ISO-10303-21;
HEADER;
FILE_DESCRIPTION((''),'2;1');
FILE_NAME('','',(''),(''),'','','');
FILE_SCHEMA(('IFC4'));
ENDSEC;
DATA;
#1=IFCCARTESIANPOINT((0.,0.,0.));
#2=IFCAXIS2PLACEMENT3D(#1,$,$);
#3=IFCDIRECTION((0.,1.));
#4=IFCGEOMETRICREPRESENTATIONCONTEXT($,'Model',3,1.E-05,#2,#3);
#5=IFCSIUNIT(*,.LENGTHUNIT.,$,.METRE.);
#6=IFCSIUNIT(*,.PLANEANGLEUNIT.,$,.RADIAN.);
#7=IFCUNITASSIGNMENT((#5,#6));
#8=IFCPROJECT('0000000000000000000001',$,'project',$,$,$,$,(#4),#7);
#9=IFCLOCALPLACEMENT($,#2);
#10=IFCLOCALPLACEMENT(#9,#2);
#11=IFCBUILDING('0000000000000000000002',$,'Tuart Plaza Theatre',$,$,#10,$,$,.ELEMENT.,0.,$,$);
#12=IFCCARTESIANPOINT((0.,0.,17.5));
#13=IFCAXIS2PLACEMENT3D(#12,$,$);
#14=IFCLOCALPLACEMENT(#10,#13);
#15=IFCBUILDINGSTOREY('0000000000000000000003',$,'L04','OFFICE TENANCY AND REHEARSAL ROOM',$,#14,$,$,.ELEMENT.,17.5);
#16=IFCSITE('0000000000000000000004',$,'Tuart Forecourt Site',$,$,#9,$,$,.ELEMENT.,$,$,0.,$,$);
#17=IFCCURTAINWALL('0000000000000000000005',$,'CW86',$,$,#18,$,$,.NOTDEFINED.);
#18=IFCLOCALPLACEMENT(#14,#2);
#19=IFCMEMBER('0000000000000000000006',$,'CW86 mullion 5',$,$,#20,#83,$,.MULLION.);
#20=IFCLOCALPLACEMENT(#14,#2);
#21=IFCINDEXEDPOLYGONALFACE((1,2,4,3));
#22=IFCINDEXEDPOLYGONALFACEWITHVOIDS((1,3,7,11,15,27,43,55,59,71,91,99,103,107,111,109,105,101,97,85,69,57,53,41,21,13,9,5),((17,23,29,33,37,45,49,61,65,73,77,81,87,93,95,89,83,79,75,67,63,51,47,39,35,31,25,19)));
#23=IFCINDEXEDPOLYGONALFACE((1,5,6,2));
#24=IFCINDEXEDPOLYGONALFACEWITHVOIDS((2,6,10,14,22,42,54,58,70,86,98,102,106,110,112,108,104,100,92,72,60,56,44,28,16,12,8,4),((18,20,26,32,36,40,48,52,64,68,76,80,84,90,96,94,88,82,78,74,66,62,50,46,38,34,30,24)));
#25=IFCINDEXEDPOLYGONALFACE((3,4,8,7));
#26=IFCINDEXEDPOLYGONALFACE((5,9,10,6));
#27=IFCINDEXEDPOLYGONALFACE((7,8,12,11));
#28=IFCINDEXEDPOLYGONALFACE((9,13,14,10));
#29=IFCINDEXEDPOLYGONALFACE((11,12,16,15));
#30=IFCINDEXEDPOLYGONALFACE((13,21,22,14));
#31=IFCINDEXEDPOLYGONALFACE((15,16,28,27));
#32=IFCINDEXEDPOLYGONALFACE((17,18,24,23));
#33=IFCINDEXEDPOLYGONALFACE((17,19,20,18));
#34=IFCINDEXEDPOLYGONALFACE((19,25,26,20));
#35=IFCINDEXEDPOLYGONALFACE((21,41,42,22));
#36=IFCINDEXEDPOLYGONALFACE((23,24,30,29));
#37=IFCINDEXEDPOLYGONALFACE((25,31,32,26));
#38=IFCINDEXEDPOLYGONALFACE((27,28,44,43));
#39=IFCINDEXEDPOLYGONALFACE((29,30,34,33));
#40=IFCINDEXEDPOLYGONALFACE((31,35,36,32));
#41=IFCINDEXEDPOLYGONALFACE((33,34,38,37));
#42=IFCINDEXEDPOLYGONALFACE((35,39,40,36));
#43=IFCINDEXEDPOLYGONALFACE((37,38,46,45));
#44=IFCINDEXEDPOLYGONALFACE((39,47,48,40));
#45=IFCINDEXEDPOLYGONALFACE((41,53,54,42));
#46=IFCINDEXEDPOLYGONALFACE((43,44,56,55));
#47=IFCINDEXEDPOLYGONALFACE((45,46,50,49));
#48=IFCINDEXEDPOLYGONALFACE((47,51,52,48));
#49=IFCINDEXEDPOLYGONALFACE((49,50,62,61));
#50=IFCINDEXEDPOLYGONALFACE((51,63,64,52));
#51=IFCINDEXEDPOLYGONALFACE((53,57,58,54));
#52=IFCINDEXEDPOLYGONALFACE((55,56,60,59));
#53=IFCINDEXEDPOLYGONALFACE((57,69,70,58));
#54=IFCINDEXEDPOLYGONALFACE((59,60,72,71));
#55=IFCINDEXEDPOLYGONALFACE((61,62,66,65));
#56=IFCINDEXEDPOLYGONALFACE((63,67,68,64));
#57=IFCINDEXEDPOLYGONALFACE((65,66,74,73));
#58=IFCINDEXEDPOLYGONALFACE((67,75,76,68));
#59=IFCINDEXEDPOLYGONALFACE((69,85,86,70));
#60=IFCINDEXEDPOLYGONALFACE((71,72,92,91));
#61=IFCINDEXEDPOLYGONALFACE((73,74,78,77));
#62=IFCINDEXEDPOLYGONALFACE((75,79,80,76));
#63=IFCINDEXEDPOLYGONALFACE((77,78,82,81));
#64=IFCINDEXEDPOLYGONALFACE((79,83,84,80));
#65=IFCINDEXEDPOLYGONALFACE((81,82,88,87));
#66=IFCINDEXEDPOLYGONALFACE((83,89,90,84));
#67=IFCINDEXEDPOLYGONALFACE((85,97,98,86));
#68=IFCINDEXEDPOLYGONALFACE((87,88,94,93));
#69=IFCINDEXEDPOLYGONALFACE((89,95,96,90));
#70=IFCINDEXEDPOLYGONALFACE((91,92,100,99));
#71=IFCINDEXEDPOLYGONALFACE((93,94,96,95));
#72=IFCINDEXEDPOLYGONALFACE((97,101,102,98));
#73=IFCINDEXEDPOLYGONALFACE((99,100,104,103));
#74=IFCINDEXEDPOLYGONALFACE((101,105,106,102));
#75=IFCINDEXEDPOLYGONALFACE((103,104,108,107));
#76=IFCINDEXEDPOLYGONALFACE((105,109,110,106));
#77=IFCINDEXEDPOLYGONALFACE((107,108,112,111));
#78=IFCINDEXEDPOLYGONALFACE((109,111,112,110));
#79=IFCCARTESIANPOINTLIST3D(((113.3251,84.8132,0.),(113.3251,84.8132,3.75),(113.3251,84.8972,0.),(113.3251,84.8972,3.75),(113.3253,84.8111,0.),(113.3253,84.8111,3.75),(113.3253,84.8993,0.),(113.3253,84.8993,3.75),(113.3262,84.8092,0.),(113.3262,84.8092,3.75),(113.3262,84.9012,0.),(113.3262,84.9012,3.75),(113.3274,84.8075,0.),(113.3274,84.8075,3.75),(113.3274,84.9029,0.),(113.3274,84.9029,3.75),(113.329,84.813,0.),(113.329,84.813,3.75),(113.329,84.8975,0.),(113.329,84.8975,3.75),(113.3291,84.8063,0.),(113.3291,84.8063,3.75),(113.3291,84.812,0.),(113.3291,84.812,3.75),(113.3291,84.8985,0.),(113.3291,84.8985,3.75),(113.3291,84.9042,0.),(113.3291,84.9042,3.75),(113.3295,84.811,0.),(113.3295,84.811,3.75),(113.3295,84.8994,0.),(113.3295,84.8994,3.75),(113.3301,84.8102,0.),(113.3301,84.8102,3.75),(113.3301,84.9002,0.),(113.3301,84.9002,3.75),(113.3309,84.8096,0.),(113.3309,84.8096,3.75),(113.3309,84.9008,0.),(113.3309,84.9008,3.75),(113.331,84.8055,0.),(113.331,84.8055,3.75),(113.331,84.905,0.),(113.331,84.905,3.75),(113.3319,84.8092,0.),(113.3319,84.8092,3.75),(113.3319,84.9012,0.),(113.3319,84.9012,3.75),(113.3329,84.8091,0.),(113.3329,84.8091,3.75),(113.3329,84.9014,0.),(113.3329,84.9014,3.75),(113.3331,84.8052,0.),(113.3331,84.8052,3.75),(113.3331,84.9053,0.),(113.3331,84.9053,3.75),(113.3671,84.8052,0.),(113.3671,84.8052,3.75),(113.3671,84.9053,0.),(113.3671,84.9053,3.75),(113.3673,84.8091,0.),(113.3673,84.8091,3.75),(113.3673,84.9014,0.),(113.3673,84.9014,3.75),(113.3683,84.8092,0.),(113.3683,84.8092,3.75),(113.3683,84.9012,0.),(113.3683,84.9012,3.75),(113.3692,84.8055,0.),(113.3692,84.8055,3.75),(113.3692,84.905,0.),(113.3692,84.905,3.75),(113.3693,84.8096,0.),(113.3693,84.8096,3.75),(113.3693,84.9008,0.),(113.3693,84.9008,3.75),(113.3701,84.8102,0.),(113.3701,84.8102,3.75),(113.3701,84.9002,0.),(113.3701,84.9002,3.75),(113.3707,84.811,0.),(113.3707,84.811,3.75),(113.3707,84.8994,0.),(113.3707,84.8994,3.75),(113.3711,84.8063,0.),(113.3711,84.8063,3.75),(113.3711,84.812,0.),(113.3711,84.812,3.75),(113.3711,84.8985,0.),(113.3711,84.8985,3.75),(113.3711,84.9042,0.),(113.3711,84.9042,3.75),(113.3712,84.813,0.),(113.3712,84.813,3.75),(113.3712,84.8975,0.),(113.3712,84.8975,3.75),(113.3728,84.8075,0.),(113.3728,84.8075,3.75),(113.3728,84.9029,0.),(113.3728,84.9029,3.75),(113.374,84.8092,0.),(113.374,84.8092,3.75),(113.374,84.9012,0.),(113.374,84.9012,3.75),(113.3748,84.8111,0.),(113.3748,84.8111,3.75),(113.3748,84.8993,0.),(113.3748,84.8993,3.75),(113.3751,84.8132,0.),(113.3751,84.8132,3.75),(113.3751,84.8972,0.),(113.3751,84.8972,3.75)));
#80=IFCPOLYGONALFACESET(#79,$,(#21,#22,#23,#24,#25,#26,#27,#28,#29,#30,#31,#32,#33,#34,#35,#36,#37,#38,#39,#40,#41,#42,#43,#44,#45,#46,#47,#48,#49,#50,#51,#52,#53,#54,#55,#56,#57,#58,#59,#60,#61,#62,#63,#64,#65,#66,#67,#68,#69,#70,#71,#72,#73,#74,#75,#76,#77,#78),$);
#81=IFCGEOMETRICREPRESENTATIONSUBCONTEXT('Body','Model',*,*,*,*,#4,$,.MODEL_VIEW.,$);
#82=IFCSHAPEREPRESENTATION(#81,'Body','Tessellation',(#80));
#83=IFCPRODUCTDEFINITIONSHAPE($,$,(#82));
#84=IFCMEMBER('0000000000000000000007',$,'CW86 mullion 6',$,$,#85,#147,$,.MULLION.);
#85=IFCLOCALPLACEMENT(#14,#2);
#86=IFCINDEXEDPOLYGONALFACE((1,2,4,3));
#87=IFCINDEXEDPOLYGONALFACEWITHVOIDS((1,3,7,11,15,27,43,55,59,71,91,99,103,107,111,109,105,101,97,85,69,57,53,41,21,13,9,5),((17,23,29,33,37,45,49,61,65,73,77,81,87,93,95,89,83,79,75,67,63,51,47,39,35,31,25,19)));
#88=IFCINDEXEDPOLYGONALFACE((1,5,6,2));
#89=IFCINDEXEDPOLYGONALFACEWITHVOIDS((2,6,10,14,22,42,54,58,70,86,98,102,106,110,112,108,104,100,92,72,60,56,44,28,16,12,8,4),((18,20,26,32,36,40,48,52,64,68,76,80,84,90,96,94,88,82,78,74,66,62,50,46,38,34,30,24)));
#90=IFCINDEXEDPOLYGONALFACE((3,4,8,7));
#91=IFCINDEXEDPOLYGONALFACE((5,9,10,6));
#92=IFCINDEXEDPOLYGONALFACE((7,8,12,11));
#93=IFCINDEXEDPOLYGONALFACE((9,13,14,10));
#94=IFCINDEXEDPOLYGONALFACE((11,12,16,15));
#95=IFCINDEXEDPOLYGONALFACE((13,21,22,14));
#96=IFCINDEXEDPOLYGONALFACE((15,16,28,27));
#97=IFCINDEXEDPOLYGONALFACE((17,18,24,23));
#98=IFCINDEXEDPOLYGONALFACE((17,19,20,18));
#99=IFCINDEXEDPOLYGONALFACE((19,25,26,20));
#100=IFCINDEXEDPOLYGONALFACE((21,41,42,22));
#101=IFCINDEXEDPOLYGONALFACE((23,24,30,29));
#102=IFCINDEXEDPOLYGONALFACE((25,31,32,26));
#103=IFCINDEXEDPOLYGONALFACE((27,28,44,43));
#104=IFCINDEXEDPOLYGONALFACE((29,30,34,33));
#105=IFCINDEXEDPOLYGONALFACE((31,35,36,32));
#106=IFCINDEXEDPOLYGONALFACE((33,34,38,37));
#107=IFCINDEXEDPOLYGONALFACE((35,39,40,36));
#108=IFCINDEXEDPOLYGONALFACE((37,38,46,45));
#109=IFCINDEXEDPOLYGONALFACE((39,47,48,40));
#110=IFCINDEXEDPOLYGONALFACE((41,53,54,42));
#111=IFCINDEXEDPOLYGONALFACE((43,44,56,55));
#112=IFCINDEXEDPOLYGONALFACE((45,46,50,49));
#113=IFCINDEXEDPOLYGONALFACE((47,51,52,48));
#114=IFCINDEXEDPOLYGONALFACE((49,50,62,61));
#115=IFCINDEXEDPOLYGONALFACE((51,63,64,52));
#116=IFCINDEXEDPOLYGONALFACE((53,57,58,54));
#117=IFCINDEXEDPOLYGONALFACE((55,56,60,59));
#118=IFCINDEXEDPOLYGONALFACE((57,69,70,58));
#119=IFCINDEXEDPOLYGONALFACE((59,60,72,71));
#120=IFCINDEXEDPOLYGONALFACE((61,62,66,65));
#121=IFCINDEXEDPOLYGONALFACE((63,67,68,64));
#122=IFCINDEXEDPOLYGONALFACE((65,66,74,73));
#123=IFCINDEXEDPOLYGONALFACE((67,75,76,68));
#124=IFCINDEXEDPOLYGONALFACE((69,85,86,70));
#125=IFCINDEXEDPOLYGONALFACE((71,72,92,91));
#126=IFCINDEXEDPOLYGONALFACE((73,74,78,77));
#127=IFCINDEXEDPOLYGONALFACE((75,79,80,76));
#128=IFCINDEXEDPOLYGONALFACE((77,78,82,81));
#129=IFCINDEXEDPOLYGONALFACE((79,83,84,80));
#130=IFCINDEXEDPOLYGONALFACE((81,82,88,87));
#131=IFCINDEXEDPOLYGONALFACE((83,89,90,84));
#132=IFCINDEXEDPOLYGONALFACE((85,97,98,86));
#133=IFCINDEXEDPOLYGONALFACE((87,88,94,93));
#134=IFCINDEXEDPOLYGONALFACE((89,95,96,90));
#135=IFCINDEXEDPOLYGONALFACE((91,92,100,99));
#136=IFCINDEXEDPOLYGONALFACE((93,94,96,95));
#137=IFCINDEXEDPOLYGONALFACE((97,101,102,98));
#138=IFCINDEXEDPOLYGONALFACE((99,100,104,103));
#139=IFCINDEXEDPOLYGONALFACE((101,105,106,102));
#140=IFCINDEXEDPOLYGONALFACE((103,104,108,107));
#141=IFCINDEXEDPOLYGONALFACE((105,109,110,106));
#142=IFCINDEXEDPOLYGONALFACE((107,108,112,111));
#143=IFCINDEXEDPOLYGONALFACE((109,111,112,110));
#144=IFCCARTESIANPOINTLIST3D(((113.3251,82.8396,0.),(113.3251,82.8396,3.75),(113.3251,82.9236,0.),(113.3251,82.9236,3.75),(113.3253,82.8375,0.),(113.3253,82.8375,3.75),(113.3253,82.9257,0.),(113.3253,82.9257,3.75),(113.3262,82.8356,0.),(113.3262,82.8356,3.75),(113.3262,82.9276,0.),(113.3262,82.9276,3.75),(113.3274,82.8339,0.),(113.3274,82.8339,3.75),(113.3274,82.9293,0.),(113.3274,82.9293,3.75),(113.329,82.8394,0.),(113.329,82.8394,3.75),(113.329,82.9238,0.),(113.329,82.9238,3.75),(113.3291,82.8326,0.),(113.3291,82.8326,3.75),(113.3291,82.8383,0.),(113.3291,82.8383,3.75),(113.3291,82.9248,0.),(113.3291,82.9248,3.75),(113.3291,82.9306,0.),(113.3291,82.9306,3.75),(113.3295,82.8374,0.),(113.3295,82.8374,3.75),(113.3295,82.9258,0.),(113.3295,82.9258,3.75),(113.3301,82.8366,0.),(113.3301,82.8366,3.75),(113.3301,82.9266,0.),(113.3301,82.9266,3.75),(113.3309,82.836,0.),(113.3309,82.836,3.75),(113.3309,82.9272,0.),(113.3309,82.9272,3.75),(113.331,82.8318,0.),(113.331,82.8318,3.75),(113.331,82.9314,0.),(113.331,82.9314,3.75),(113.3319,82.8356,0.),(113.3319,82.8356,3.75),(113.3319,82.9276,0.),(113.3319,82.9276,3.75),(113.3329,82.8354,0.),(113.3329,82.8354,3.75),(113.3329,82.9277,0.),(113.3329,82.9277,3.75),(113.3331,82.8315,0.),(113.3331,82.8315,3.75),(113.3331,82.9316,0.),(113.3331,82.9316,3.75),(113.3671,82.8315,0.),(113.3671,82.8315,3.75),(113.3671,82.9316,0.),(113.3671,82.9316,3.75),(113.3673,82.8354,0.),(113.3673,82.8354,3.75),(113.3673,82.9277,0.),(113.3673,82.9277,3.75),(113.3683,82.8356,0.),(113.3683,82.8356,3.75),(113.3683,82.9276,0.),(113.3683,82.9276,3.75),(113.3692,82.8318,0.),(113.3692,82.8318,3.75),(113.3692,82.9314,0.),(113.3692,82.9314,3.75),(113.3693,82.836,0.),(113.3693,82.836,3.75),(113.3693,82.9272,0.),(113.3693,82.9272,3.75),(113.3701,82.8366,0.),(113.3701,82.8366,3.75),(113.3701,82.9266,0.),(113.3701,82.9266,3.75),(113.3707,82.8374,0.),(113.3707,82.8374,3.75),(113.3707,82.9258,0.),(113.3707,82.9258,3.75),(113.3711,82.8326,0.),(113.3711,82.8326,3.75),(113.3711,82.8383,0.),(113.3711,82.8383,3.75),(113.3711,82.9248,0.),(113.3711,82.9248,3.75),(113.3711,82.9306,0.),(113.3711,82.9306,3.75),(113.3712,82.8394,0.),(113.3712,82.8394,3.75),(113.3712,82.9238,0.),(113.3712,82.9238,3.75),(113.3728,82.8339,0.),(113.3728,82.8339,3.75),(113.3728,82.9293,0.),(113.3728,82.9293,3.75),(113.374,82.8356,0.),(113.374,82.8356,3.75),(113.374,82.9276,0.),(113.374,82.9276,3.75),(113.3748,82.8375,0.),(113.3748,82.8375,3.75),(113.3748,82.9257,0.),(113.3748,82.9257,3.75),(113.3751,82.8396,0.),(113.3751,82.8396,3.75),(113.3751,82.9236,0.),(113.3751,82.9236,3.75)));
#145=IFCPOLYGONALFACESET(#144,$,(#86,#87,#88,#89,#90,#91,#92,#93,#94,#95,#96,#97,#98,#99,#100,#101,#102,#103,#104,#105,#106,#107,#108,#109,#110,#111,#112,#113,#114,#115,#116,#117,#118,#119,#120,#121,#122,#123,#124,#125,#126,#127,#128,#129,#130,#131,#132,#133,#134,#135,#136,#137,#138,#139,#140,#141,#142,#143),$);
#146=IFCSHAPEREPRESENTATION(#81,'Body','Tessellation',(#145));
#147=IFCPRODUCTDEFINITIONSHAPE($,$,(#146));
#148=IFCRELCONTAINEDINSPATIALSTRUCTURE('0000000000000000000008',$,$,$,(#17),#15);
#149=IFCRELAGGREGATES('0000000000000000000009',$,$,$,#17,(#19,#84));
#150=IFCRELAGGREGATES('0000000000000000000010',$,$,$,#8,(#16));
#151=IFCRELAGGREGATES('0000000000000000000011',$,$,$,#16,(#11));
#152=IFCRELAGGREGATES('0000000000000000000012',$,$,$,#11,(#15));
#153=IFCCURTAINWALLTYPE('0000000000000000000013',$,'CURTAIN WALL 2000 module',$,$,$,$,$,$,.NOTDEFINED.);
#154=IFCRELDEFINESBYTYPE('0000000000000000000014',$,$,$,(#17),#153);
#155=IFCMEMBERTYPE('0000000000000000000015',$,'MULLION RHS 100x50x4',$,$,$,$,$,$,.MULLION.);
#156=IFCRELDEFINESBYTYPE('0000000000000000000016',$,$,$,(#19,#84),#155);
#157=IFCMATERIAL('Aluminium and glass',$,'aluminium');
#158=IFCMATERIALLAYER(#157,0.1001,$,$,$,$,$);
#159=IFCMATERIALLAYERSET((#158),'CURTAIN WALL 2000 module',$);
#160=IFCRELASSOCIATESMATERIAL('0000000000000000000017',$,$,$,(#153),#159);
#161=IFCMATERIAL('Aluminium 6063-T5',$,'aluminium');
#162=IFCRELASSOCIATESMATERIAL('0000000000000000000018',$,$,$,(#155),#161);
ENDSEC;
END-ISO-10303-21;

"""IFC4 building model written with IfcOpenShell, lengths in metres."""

from ifc_helpers import new_model, si_unit, direction, frame, origin, origin_2d, place, context, subcontext, project, spatial, hollow_rectangle, extrude, material, layer, layer_set, material_profile, profile_set, type_object, element, aggregate, save


model = new_model("IFC4")

# Units and contexts
model_context = context("Model", 3, precision=1e-05, world=origin(), true_north=direction((0.0, 1.0)))
body_context = subcontext(model_context, "Body", "Model", "MODEL_VIEW")
ifc_project = project(units=[si_unit("LENGTHUNIT", "METRE"), si_unit("PLANEANGLEUNIT", "RADIAN")], contexts=[model_context])

# Site, building, storey
site_placement = place(None, origin())
site = spatial("IfcSite", under=ifc_project, at=site_placement, Name="Tuart Forecourt Site", CompositionType="ELEMENT", RefElevation=0.0)
building_placement = place(site_placement, origin())
building = spatial("IfcBuilding", under=site, at=building_placement, Name="Tuart Plaza Theatre", CompositionType="ELEMENT", ElevationOfRefHeight=0.0)
storey_placement = place(building_placement, frame((0.0, 0.0, 17.5)))
storey = spatial("IfcBuildingStorey", under=building, at=storey_placement, Name="L04", Description="OFFICE TENANCY AND REHEARSAL ROOM", CompositionType="ELEMENT", Elevation=17.5)

# Curtain wall, members
ifc_material_1 = material(Name="Aluminium and glass", Category="aluminium")
ifc_layer_1 = layer(ifc_material_1, 0.1001)
ifc_layer_set_1 = layer_set([ifc_layer_1], Name="CURTAIN WALL 2000 module")
curtain_wall_type = type_object("IfcCurtainWallType", Name="CURTAIN WALL 2000 module", PredefinedType="NOTDEFINED", material=ifc_layer_set_1)
curtain_wall_placement = place(storey_placement, origin())
curtain_wall = element("IfcCurtainWall", 1, at=curtain_wall_placement, inside=storey, type_object=curtain_wall_type, Name="CW86", PredefinedType="NOTDEFINED")
ifc_material_2 = material(Name="Aluminium 6063-T5", Category="aluminium")
ifc_material_profile_1 = material_profile(ifc_material_2, hollow_rectangle(XDim=0.05, YDim=0.1001, WallThickness=0.0039, InnerFilletRadius=0.0039, OuterFilletRadius=0.0081, at=origin_2d()), Name="RHS 100x50x4")
ifc_profile_set_1 = profile_set([ifc_material_profile_1], Name="Aluminium 6063-T5")
member_type_1 = type_object("IfcMemberType", Name="MULLION RHS 100x50x4", PredefinedType="MULLION", material=ifc_profile_set_1)
member_1_placement = place(storey_placement, frame((113.3501, 84.8552, 0.0), z_axis=(0.0, 0.0, 1.0), x_axis=(1.0, 0.0, 0.0)))
member_1 = element("IfcMember", 2, at=member_1_placement, type_object=member_type_1, Name="CW86 mullion 5", PredefinedType="MULLION", context=body_context, shape_type="SweptSolid", body=[
    extrude(hollow_rectangle(XDim=0.05, YDim=0.1001, WallThickness=0.0039, InnerFilletRadius=0.0039, OuterFilletRadius=0.0081, at=origin_2d()), origin(), (0.0, 0.0, 1.0), 3.75),
])
member_2_placement = place(storey_placement, frame((113.3501, 82.8816, 0.0), z_axis=(0.0, 0.0, 1.0), x_axis=(1.0, 0.0, 0.0)))
member_2 = element("IfcMember", 3, at=member_2_placement, type_object=member_type_1, Name="CW86 mullion 6", PredefinedType="MULLION", context=body_context, shape_type="SweptSolid", body=[
    extrude(hollow_rectangle(XDim=0.05, YDim=0.1001, WallThickness=0.0039, InnerFilletRadius=0.0039, OuterFilletRadius=0.0081, at=origin_2d()), origin(), (0.0, 0.0, 1.0), 3.75),
])
aggregate(curtain_wall, [member_1, member_2])

save(model, "model.ifc")
